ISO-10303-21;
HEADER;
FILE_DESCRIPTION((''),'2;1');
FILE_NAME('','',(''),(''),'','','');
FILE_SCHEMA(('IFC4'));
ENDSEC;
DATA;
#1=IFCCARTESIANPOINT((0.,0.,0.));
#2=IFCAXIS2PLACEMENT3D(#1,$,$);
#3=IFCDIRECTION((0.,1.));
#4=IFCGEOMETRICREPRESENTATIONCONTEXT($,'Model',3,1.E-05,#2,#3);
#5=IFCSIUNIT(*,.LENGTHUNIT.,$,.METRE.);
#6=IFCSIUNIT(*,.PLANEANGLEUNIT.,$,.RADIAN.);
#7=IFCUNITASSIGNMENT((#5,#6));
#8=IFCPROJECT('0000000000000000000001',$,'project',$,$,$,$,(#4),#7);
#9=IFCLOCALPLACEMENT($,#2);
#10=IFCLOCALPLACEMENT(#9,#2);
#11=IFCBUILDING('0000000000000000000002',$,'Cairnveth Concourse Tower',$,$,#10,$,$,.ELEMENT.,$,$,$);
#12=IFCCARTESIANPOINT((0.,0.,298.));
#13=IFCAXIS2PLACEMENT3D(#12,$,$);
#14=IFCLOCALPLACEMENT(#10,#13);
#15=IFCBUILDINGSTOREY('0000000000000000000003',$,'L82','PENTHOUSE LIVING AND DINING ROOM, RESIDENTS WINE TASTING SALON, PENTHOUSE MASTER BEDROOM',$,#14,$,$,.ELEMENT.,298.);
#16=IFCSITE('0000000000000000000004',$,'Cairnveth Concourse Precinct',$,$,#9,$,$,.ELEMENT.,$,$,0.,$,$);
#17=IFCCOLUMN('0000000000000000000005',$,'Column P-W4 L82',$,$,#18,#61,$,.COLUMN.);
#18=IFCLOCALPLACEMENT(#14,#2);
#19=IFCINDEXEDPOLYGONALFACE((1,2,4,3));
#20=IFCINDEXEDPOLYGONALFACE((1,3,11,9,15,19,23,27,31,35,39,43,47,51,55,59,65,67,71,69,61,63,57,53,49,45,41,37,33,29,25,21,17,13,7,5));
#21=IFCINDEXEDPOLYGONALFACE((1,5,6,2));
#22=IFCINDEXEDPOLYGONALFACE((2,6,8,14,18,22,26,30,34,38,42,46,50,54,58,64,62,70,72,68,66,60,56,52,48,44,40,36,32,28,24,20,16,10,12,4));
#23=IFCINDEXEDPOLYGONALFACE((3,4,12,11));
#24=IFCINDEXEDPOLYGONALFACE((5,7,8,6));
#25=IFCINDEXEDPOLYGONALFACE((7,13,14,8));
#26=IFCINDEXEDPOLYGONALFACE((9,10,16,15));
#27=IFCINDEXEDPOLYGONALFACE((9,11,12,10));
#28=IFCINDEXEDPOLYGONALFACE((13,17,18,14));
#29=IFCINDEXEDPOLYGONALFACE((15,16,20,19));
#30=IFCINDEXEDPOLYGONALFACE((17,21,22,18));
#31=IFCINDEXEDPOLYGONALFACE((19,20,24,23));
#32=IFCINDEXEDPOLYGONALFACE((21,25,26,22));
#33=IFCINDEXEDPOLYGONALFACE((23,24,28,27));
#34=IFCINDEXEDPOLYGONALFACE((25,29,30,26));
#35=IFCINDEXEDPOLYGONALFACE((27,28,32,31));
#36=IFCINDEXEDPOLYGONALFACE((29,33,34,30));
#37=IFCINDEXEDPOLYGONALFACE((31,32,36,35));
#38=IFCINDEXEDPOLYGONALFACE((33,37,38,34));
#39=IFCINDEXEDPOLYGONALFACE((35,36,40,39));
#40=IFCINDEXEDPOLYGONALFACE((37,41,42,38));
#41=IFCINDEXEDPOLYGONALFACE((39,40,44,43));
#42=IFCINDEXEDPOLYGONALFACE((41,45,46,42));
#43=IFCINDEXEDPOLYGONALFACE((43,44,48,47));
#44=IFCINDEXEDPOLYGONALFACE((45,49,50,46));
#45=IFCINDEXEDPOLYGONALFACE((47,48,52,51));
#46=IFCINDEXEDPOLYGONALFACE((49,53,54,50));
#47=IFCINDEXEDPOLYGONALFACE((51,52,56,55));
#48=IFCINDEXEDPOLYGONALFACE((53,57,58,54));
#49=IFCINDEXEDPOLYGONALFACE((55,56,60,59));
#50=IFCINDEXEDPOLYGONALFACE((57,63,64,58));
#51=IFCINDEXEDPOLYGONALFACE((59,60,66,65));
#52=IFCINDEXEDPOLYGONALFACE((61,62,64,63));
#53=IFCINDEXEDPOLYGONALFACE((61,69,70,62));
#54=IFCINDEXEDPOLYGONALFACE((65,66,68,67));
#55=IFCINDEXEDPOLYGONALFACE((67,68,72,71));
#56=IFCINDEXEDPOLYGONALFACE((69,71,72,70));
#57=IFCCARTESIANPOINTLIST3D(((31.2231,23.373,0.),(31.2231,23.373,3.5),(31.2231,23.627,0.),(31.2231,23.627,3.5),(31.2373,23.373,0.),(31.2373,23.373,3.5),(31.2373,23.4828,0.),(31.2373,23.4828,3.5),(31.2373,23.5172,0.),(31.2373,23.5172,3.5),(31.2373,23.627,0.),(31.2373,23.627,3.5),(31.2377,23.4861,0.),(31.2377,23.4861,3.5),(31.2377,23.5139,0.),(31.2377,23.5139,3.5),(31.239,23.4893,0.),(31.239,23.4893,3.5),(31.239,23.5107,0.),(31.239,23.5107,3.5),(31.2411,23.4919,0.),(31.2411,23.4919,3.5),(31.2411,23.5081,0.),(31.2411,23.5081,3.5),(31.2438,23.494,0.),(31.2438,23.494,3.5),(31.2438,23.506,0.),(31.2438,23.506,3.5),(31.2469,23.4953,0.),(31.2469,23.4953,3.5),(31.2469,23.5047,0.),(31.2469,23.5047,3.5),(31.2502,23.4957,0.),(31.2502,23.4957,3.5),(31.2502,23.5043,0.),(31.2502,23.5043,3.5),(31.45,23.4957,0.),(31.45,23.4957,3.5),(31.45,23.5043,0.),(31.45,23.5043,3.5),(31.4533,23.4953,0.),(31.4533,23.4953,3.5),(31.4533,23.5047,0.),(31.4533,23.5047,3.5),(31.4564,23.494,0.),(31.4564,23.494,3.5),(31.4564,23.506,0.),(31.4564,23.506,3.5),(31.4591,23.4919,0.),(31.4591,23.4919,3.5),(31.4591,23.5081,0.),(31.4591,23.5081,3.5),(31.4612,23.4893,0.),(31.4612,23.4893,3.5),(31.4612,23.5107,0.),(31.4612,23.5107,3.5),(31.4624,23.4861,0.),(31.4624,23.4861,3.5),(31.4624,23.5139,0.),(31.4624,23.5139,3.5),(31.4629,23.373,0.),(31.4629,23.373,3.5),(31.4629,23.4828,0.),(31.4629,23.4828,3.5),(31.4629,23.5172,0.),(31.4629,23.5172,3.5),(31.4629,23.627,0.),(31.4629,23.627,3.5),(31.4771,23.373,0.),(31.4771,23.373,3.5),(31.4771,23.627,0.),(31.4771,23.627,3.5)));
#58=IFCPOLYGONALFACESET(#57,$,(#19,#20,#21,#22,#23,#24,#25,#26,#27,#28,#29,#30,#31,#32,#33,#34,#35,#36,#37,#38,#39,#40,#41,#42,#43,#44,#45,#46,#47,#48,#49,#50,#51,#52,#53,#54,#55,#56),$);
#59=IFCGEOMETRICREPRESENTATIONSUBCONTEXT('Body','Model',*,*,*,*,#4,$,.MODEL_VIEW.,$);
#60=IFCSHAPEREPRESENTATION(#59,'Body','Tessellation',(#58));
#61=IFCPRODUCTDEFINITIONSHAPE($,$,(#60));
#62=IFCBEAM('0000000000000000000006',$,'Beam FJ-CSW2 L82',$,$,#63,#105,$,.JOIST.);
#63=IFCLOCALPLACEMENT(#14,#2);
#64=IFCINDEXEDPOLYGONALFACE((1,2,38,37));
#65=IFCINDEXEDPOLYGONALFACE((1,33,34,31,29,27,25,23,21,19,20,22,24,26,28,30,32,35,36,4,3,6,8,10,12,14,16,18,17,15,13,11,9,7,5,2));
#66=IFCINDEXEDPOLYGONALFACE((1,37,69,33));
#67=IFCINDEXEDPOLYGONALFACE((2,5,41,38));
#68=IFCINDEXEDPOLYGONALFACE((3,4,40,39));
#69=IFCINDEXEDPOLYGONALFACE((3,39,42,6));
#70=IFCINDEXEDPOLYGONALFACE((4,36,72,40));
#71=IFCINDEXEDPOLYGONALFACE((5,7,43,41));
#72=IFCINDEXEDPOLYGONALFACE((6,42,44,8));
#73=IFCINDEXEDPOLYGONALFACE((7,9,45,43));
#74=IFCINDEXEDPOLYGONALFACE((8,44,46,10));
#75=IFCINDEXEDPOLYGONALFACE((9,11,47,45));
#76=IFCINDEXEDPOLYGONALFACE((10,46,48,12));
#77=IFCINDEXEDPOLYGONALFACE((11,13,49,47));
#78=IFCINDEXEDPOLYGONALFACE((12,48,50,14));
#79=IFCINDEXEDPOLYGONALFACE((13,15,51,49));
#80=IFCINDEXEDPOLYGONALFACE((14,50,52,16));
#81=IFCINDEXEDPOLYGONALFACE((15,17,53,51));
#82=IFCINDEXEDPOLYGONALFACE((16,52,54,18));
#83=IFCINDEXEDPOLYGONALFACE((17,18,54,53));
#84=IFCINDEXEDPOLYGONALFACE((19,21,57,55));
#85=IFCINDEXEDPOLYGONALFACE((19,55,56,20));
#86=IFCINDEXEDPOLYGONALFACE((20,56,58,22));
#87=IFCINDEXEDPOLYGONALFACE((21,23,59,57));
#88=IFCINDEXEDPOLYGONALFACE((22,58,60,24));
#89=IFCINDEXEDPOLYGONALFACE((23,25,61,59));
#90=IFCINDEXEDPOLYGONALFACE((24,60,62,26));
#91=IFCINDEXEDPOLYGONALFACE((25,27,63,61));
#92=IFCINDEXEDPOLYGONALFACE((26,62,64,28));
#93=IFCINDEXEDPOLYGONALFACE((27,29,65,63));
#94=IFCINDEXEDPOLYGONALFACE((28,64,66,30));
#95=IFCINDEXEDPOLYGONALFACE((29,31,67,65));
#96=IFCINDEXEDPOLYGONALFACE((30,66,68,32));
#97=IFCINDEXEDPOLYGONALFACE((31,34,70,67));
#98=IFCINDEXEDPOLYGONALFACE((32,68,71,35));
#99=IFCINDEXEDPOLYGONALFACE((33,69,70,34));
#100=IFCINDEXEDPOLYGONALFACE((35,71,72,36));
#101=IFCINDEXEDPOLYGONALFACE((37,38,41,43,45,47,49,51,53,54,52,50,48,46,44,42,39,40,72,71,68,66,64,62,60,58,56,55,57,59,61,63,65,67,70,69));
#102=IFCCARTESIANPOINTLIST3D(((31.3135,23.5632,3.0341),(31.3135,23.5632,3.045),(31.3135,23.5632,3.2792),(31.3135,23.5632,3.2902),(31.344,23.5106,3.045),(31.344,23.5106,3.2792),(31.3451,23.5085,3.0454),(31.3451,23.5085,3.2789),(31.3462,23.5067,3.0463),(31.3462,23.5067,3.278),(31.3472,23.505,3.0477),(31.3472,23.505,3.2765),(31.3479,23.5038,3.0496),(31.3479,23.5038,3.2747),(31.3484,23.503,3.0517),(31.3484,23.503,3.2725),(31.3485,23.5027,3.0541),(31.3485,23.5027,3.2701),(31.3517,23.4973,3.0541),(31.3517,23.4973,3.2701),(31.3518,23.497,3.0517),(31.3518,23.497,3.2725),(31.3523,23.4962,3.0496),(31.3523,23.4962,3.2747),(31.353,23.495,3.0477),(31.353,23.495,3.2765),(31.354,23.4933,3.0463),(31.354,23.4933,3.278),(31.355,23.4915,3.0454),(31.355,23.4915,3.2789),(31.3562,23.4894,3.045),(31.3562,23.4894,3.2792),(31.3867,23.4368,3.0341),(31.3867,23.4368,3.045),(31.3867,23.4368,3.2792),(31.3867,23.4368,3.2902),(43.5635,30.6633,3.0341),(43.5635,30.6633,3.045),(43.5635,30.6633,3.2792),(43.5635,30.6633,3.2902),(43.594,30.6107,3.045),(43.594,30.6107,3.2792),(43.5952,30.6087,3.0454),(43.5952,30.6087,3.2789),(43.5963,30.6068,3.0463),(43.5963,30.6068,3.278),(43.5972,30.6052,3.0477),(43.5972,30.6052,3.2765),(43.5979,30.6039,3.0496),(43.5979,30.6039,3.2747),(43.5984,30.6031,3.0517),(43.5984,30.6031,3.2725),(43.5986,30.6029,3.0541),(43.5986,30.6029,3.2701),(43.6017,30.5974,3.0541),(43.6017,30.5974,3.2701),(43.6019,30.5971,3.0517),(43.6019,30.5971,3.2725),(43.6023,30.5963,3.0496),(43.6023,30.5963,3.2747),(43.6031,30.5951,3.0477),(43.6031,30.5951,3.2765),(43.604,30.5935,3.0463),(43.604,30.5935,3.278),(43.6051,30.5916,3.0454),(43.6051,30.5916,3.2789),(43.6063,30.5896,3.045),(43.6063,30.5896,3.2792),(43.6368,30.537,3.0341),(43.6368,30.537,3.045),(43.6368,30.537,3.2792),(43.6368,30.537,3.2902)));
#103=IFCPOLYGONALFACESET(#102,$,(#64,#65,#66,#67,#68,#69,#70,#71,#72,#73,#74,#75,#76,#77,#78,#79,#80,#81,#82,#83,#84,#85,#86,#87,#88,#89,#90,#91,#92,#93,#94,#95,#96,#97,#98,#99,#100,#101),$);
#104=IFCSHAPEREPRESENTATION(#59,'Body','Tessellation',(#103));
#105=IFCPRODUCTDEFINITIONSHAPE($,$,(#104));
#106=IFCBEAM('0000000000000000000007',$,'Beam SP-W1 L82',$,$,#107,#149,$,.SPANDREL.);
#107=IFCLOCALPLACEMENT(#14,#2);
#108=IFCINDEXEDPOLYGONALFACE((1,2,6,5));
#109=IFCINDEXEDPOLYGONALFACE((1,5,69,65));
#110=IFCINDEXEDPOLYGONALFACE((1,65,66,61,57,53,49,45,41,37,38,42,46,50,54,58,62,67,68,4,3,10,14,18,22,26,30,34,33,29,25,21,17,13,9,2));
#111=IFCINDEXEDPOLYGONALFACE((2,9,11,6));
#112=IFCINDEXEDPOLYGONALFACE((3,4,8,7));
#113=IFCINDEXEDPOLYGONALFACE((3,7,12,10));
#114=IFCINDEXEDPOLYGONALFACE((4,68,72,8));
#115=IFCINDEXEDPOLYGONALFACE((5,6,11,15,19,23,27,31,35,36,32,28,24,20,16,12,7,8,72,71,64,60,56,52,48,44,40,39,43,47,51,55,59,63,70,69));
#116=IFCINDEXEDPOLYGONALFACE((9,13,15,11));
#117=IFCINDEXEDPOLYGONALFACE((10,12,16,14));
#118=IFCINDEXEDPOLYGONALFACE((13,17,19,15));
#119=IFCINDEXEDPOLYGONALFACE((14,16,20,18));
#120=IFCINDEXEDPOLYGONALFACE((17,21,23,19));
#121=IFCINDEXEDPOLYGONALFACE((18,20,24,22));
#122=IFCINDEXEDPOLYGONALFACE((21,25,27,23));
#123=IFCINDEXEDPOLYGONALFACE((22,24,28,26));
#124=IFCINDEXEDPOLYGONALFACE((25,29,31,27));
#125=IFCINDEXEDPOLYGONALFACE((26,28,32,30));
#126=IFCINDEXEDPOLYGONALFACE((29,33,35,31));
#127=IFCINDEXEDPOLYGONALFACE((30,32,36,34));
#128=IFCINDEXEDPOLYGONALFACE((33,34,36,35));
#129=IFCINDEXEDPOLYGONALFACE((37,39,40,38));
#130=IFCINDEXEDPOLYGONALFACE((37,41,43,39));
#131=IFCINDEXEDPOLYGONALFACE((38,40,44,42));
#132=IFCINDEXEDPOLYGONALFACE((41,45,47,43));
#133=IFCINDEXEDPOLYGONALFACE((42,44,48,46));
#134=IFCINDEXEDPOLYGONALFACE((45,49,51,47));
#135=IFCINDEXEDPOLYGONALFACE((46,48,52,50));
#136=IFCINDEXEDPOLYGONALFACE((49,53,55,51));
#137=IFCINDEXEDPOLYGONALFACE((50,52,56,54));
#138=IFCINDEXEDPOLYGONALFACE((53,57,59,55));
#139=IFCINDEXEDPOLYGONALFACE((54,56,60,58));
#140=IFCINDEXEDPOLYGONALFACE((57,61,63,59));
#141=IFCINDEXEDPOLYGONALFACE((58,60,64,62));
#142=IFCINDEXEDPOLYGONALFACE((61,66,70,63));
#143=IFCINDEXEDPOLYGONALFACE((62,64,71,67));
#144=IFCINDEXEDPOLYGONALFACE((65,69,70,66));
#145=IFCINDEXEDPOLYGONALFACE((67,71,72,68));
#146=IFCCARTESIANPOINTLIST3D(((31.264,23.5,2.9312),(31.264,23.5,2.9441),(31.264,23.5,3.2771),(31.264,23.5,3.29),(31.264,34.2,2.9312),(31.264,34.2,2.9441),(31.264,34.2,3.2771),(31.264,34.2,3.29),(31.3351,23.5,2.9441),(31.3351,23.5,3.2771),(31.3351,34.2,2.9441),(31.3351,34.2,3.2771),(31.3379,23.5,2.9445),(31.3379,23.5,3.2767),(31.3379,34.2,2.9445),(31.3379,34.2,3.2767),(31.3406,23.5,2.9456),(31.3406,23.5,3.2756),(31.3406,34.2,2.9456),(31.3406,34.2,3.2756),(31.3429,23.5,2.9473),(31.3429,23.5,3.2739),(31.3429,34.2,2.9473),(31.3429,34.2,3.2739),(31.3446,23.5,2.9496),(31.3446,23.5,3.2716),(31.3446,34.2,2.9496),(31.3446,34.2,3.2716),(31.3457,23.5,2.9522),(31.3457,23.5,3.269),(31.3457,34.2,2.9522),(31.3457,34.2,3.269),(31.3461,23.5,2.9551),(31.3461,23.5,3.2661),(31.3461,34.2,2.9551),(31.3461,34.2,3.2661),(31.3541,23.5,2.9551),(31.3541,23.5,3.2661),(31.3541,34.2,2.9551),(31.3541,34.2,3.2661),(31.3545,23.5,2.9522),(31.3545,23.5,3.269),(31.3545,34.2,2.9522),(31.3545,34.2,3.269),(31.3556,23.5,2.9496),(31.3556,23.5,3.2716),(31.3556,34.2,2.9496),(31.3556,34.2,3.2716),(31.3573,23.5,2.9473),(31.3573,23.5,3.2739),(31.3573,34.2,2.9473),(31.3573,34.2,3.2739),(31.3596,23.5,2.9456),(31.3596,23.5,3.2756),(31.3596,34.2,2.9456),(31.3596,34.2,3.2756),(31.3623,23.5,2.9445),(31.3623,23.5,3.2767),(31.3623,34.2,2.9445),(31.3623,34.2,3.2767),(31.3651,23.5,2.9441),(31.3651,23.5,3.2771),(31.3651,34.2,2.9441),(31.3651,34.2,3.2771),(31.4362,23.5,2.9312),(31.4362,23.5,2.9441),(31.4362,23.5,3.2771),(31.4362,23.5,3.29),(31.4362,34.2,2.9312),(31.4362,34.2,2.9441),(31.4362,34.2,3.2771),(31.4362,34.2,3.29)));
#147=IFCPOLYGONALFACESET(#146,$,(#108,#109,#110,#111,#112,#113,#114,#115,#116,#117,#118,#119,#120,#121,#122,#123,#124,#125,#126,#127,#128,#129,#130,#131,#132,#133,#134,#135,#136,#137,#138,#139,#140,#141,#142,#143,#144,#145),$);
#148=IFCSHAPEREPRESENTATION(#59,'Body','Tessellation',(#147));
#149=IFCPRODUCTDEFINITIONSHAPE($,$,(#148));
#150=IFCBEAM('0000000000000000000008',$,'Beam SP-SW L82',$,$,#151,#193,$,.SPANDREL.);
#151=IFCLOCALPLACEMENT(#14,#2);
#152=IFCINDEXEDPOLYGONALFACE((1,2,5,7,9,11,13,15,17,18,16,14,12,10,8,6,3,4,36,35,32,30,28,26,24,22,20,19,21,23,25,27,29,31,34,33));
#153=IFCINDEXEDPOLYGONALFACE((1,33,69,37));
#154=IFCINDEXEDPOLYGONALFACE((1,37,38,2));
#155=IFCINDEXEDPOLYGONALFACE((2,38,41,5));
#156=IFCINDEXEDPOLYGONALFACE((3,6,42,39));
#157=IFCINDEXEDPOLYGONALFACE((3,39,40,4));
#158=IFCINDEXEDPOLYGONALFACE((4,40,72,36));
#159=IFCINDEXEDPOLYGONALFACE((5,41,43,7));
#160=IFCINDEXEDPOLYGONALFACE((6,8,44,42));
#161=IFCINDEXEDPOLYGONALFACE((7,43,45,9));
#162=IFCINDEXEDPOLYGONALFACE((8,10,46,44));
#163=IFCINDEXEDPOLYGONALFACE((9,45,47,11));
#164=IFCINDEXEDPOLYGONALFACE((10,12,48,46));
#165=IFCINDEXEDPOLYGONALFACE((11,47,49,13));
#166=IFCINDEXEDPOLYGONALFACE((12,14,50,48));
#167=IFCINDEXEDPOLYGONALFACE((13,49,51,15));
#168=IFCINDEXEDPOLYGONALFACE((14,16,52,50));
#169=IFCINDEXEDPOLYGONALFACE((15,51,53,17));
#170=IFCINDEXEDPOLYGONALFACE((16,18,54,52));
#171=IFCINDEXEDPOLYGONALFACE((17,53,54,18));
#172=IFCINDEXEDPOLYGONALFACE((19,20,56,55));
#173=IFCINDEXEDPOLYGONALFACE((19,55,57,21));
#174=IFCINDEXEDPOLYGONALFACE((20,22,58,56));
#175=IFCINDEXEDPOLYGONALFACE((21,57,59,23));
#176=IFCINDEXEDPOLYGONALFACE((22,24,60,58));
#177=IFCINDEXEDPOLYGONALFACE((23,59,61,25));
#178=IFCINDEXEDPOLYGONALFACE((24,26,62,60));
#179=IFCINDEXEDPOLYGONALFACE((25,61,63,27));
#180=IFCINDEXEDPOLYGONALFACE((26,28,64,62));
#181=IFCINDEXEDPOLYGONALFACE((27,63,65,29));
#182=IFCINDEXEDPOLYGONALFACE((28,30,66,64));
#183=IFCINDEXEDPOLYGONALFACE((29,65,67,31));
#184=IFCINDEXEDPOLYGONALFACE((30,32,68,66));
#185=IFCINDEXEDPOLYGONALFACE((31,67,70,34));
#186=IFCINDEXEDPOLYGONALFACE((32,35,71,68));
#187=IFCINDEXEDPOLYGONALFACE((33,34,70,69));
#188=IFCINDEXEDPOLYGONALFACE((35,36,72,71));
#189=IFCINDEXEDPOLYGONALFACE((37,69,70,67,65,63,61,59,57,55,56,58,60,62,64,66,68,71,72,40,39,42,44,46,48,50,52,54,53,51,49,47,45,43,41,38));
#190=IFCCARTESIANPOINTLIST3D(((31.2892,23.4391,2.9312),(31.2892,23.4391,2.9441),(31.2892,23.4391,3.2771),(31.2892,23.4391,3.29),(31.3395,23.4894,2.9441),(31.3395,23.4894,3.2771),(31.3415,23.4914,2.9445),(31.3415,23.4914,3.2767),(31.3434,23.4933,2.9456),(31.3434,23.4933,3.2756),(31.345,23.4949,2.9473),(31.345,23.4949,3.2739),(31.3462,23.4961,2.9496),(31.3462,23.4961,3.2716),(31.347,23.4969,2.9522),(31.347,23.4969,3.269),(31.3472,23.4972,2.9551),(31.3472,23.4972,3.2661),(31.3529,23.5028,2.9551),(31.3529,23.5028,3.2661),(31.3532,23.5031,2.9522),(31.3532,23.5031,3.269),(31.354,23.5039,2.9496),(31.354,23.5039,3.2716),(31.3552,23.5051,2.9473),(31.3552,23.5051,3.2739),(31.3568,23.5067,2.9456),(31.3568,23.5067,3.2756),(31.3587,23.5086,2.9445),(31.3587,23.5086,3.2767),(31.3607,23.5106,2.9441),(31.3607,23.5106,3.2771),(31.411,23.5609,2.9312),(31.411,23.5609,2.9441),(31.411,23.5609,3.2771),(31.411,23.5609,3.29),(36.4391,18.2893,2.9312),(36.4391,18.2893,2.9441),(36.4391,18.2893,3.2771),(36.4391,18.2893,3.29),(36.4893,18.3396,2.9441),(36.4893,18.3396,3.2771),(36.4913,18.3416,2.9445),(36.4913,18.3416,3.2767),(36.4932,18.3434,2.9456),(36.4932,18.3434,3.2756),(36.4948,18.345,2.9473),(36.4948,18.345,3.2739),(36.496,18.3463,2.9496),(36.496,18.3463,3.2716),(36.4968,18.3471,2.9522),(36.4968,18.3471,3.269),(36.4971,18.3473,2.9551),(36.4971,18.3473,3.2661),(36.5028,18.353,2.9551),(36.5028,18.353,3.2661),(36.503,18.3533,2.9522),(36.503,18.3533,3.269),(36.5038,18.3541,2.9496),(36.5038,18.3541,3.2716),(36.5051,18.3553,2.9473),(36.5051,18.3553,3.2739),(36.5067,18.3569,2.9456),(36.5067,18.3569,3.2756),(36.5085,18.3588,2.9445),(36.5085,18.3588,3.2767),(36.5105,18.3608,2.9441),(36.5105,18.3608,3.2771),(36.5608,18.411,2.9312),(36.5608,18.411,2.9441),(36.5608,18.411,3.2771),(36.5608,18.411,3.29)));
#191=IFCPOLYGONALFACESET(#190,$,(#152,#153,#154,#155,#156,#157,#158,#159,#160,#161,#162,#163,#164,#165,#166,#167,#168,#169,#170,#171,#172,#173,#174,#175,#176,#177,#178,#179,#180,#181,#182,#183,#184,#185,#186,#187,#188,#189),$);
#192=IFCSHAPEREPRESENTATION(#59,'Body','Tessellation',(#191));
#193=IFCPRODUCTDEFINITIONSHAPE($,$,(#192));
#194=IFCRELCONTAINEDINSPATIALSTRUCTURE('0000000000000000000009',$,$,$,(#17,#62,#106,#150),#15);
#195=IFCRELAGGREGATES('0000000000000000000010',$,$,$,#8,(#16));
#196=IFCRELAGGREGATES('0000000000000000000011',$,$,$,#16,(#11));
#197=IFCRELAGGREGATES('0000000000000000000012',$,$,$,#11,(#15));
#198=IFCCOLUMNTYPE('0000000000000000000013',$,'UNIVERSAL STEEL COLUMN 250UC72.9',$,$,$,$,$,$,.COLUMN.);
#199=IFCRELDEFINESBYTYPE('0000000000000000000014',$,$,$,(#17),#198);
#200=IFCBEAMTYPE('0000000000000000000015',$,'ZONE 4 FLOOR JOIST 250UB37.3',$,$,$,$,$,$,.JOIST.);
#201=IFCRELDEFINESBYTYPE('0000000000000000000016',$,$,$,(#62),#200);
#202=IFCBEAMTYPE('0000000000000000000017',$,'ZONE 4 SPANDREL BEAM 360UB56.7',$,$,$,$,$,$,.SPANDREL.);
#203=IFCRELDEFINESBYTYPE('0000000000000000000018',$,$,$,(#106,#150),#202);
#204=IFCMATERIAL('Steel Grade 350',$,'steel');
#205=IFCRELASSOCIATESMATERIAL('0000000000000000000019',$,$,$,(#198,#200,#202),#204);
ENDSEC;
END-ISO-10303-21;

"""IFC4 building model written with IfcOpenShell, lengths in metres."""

from ifc_helpers import new_model, si_unit, direction, frame, origin, origin_2d, place, context, subcontext, project, spatial, i_section, extrude, material, material_profile, profile_set, type_object, element, save


model = new_model("IFC4")

# Units and contexts
model_context = context("Model", 3, precision=1e-05, world=origin(), true_north=direction((0.0, 1.0)))
body_context = subcontext(model_context, "Body", "Model", "MODEL_VIEW")
ifc_project = project(units=[si_unit("LENGTHUNIT", "METRE"), si_unit("PLANEANGLEUNIT", "RADIAN")], contexts=[model_context])

# Site, building, storey
site_placement = place(None, origin())
site = spatial("IfcSite", under=ifc_project, at=site_placement, Name="Cairnveth Concourse Precinct", CompositionType="ELEMENT", RefElevation=0.0)
building_placement = place(site_placement, origin())
building = spatial("IfcBuilding", under=site, at=building_placement, Name="Cairnveth Concourse Tower", CompositionType="ELEMENT")
storey_placement = place(building_placement, frame((0.0, 0.0, 298.0)))
storey = spatial("IfcBuildingStorey", under=building, at=storey_placement, Name="L82", Description="PENTHOUSE LIVING AND DINING ROOM, RESIDENTS WINE TASTING SALON, PENTHOUSE MASTER BEDROOM", CompositionType="ELEMENT", Elevation=298.0)

# Column
ifc_material_1 = material(Name="Steel Grade 350", Category="steel")
ifc_material_profile_1 = material_profile(ifc_material_1, i_section(OverallWidth=0.2539, OverallDepth=0.2539, WebThickness=0.0085, FlangeThickness=0.0142, FilletRadius=0.0129, at=origin_2d()), Name="250UC72.9")
ifc_profile_set_1 = profile_set([ifc_material_profile_1], Name="Steel Grade 350")
column_type = type_object("IfcColumnType", Name="UNIVERSAL STEEL COLUMN 250UC72.9", PredefinedType="COLUMN", material=ifc_profile_set_1)
column_placement = place(storey_placement, frame((31.3501, 23.5, 0.0), z_axis=(0.0, 0.0, 1.0), x_axis=(0.0, 1.0, 0.0)))
element("IfcColumn", 1, at=column_placement, inside=storey, type_object=column_type, Name="Column P-W4 L82", PredefinedType="COLUMN", context=body_context, shape_type="SweptSolid", body=[
    extrude(i_section(OverallWidth=0.2539, OverallDepth=0.2539, WebThickness=0.0085, FlangeThickness=0.0142, FilletRadius=0.0129, at=origin_2d()), origin(), (0.0, 0.0, 1.0), 3.5),
])

# Beams
ifc_material_profile_2 = material_profile(ifc_material_1, i_section(OverallWidth=0.146, OverallDepth=0.2561, WebThickness=0.0063, FlangeThickness=0.011, FilletRadius=0.009, at=origin_2d()), Name="250UB37.3")
ifc_profile_set_2 = profile_set([ifc_material_profile_2], Name="Steel Grade 350")
beam_type_1 = type_object("IfcBeamType", Name="ZONE 4 FLOOR JOIST 250UB37.3", PredefinedType="JOIST", material=ifc_profile_set_2)
beam_1_placement = place(storey_placement, frame((31.3501, 23.5, 3.1621), z_axis=(0.865181, 0.501459, 0.0), x_axis=(-0.501459, 0.865181, 0.0)))
element("IfcBeam", 2, at=beam_1_placement, inside=storey, type_object=beam_type_1, Name="Beam FJ-CSW2 L82", PredefinedType="JOIST", context=body_context, shape_type="SweptSolid", body=[
    extrude(i_section(OverallWidth=0.146, OverallDepth=0.2561, WebThickness=0.0063, FlangeThickness=0.011, FilletRadius=0.009, at=origin_2d()), origin(), (0.0, 0.0, 1.0), 14.1589),
])
ifc_material_profile_3 = material_profile(ifc_material_1, i_section(OverallWidth=0.1721, OverallDepth=0.3589, WebThickness=0.0081, FlangeThickness=0.0129, FilletRadius=0.011, at=origin_2d()), Name="360UB56.7")
ifc_profile_set_3 = profile_set([ifc_material_profile_3], Name="Steel Grade 350")
beam_type_2 = type_object("IfcBeamType", Name="ZONE 4 SPANDREL BEAM 360UB56.7", PredefinedType="SPANDREL", material=ifc_profile_set_3)
beam_2_placement = place(storey_placement, frame((31.3501, 23.5, 3.1106), z_axis=(0.0, 1.0, 0.0), x_axis=(-1.0, 0.0, 0.0)))
element("IfcBeam", 3, at=beam_2_placement, inside=storey, type_object=beam_type_2, Name="Beam SP-W1 L82", PredefinedType="SPANDREL", context=body_context, shape_type="SweptSolid", body=[
    extrude(i_section(OverallWidth=0.1721, OverallDepth=0.3589, WebThickness=0.0081, FlangeThickness=0.0129, FilletRadius=0.011, at=origin_2d()), origin(), (0.0, 0.0, 1.0), 10.7),
])
beam_3_placement = place(storey_placement, frame((31.3501, 23.5, 3.1106), z_axis=(0.707107, -0.707107, 0.0), x_axis=(0.707107, 0.707107, 0.0)))
element("IfcBeam", 4, at=beam_3_placement, inside=storey, type_object=beam_type_2, Name="Beam SP-SW L82", PredefinedType="SPANDREL", context=body_context, shape_type="SweptSolid", body=[
    extrude(i_section(OverallWidth=0.1721, OverallDepth=0.3589, WebThickness=0.0081, FlangeThickness=0.0129, FilletRadius=0.011, at=origin_2d()), origin(), (0.0, 0.0, 1.0), 7.283),
])

save(model, "model.ifc")
